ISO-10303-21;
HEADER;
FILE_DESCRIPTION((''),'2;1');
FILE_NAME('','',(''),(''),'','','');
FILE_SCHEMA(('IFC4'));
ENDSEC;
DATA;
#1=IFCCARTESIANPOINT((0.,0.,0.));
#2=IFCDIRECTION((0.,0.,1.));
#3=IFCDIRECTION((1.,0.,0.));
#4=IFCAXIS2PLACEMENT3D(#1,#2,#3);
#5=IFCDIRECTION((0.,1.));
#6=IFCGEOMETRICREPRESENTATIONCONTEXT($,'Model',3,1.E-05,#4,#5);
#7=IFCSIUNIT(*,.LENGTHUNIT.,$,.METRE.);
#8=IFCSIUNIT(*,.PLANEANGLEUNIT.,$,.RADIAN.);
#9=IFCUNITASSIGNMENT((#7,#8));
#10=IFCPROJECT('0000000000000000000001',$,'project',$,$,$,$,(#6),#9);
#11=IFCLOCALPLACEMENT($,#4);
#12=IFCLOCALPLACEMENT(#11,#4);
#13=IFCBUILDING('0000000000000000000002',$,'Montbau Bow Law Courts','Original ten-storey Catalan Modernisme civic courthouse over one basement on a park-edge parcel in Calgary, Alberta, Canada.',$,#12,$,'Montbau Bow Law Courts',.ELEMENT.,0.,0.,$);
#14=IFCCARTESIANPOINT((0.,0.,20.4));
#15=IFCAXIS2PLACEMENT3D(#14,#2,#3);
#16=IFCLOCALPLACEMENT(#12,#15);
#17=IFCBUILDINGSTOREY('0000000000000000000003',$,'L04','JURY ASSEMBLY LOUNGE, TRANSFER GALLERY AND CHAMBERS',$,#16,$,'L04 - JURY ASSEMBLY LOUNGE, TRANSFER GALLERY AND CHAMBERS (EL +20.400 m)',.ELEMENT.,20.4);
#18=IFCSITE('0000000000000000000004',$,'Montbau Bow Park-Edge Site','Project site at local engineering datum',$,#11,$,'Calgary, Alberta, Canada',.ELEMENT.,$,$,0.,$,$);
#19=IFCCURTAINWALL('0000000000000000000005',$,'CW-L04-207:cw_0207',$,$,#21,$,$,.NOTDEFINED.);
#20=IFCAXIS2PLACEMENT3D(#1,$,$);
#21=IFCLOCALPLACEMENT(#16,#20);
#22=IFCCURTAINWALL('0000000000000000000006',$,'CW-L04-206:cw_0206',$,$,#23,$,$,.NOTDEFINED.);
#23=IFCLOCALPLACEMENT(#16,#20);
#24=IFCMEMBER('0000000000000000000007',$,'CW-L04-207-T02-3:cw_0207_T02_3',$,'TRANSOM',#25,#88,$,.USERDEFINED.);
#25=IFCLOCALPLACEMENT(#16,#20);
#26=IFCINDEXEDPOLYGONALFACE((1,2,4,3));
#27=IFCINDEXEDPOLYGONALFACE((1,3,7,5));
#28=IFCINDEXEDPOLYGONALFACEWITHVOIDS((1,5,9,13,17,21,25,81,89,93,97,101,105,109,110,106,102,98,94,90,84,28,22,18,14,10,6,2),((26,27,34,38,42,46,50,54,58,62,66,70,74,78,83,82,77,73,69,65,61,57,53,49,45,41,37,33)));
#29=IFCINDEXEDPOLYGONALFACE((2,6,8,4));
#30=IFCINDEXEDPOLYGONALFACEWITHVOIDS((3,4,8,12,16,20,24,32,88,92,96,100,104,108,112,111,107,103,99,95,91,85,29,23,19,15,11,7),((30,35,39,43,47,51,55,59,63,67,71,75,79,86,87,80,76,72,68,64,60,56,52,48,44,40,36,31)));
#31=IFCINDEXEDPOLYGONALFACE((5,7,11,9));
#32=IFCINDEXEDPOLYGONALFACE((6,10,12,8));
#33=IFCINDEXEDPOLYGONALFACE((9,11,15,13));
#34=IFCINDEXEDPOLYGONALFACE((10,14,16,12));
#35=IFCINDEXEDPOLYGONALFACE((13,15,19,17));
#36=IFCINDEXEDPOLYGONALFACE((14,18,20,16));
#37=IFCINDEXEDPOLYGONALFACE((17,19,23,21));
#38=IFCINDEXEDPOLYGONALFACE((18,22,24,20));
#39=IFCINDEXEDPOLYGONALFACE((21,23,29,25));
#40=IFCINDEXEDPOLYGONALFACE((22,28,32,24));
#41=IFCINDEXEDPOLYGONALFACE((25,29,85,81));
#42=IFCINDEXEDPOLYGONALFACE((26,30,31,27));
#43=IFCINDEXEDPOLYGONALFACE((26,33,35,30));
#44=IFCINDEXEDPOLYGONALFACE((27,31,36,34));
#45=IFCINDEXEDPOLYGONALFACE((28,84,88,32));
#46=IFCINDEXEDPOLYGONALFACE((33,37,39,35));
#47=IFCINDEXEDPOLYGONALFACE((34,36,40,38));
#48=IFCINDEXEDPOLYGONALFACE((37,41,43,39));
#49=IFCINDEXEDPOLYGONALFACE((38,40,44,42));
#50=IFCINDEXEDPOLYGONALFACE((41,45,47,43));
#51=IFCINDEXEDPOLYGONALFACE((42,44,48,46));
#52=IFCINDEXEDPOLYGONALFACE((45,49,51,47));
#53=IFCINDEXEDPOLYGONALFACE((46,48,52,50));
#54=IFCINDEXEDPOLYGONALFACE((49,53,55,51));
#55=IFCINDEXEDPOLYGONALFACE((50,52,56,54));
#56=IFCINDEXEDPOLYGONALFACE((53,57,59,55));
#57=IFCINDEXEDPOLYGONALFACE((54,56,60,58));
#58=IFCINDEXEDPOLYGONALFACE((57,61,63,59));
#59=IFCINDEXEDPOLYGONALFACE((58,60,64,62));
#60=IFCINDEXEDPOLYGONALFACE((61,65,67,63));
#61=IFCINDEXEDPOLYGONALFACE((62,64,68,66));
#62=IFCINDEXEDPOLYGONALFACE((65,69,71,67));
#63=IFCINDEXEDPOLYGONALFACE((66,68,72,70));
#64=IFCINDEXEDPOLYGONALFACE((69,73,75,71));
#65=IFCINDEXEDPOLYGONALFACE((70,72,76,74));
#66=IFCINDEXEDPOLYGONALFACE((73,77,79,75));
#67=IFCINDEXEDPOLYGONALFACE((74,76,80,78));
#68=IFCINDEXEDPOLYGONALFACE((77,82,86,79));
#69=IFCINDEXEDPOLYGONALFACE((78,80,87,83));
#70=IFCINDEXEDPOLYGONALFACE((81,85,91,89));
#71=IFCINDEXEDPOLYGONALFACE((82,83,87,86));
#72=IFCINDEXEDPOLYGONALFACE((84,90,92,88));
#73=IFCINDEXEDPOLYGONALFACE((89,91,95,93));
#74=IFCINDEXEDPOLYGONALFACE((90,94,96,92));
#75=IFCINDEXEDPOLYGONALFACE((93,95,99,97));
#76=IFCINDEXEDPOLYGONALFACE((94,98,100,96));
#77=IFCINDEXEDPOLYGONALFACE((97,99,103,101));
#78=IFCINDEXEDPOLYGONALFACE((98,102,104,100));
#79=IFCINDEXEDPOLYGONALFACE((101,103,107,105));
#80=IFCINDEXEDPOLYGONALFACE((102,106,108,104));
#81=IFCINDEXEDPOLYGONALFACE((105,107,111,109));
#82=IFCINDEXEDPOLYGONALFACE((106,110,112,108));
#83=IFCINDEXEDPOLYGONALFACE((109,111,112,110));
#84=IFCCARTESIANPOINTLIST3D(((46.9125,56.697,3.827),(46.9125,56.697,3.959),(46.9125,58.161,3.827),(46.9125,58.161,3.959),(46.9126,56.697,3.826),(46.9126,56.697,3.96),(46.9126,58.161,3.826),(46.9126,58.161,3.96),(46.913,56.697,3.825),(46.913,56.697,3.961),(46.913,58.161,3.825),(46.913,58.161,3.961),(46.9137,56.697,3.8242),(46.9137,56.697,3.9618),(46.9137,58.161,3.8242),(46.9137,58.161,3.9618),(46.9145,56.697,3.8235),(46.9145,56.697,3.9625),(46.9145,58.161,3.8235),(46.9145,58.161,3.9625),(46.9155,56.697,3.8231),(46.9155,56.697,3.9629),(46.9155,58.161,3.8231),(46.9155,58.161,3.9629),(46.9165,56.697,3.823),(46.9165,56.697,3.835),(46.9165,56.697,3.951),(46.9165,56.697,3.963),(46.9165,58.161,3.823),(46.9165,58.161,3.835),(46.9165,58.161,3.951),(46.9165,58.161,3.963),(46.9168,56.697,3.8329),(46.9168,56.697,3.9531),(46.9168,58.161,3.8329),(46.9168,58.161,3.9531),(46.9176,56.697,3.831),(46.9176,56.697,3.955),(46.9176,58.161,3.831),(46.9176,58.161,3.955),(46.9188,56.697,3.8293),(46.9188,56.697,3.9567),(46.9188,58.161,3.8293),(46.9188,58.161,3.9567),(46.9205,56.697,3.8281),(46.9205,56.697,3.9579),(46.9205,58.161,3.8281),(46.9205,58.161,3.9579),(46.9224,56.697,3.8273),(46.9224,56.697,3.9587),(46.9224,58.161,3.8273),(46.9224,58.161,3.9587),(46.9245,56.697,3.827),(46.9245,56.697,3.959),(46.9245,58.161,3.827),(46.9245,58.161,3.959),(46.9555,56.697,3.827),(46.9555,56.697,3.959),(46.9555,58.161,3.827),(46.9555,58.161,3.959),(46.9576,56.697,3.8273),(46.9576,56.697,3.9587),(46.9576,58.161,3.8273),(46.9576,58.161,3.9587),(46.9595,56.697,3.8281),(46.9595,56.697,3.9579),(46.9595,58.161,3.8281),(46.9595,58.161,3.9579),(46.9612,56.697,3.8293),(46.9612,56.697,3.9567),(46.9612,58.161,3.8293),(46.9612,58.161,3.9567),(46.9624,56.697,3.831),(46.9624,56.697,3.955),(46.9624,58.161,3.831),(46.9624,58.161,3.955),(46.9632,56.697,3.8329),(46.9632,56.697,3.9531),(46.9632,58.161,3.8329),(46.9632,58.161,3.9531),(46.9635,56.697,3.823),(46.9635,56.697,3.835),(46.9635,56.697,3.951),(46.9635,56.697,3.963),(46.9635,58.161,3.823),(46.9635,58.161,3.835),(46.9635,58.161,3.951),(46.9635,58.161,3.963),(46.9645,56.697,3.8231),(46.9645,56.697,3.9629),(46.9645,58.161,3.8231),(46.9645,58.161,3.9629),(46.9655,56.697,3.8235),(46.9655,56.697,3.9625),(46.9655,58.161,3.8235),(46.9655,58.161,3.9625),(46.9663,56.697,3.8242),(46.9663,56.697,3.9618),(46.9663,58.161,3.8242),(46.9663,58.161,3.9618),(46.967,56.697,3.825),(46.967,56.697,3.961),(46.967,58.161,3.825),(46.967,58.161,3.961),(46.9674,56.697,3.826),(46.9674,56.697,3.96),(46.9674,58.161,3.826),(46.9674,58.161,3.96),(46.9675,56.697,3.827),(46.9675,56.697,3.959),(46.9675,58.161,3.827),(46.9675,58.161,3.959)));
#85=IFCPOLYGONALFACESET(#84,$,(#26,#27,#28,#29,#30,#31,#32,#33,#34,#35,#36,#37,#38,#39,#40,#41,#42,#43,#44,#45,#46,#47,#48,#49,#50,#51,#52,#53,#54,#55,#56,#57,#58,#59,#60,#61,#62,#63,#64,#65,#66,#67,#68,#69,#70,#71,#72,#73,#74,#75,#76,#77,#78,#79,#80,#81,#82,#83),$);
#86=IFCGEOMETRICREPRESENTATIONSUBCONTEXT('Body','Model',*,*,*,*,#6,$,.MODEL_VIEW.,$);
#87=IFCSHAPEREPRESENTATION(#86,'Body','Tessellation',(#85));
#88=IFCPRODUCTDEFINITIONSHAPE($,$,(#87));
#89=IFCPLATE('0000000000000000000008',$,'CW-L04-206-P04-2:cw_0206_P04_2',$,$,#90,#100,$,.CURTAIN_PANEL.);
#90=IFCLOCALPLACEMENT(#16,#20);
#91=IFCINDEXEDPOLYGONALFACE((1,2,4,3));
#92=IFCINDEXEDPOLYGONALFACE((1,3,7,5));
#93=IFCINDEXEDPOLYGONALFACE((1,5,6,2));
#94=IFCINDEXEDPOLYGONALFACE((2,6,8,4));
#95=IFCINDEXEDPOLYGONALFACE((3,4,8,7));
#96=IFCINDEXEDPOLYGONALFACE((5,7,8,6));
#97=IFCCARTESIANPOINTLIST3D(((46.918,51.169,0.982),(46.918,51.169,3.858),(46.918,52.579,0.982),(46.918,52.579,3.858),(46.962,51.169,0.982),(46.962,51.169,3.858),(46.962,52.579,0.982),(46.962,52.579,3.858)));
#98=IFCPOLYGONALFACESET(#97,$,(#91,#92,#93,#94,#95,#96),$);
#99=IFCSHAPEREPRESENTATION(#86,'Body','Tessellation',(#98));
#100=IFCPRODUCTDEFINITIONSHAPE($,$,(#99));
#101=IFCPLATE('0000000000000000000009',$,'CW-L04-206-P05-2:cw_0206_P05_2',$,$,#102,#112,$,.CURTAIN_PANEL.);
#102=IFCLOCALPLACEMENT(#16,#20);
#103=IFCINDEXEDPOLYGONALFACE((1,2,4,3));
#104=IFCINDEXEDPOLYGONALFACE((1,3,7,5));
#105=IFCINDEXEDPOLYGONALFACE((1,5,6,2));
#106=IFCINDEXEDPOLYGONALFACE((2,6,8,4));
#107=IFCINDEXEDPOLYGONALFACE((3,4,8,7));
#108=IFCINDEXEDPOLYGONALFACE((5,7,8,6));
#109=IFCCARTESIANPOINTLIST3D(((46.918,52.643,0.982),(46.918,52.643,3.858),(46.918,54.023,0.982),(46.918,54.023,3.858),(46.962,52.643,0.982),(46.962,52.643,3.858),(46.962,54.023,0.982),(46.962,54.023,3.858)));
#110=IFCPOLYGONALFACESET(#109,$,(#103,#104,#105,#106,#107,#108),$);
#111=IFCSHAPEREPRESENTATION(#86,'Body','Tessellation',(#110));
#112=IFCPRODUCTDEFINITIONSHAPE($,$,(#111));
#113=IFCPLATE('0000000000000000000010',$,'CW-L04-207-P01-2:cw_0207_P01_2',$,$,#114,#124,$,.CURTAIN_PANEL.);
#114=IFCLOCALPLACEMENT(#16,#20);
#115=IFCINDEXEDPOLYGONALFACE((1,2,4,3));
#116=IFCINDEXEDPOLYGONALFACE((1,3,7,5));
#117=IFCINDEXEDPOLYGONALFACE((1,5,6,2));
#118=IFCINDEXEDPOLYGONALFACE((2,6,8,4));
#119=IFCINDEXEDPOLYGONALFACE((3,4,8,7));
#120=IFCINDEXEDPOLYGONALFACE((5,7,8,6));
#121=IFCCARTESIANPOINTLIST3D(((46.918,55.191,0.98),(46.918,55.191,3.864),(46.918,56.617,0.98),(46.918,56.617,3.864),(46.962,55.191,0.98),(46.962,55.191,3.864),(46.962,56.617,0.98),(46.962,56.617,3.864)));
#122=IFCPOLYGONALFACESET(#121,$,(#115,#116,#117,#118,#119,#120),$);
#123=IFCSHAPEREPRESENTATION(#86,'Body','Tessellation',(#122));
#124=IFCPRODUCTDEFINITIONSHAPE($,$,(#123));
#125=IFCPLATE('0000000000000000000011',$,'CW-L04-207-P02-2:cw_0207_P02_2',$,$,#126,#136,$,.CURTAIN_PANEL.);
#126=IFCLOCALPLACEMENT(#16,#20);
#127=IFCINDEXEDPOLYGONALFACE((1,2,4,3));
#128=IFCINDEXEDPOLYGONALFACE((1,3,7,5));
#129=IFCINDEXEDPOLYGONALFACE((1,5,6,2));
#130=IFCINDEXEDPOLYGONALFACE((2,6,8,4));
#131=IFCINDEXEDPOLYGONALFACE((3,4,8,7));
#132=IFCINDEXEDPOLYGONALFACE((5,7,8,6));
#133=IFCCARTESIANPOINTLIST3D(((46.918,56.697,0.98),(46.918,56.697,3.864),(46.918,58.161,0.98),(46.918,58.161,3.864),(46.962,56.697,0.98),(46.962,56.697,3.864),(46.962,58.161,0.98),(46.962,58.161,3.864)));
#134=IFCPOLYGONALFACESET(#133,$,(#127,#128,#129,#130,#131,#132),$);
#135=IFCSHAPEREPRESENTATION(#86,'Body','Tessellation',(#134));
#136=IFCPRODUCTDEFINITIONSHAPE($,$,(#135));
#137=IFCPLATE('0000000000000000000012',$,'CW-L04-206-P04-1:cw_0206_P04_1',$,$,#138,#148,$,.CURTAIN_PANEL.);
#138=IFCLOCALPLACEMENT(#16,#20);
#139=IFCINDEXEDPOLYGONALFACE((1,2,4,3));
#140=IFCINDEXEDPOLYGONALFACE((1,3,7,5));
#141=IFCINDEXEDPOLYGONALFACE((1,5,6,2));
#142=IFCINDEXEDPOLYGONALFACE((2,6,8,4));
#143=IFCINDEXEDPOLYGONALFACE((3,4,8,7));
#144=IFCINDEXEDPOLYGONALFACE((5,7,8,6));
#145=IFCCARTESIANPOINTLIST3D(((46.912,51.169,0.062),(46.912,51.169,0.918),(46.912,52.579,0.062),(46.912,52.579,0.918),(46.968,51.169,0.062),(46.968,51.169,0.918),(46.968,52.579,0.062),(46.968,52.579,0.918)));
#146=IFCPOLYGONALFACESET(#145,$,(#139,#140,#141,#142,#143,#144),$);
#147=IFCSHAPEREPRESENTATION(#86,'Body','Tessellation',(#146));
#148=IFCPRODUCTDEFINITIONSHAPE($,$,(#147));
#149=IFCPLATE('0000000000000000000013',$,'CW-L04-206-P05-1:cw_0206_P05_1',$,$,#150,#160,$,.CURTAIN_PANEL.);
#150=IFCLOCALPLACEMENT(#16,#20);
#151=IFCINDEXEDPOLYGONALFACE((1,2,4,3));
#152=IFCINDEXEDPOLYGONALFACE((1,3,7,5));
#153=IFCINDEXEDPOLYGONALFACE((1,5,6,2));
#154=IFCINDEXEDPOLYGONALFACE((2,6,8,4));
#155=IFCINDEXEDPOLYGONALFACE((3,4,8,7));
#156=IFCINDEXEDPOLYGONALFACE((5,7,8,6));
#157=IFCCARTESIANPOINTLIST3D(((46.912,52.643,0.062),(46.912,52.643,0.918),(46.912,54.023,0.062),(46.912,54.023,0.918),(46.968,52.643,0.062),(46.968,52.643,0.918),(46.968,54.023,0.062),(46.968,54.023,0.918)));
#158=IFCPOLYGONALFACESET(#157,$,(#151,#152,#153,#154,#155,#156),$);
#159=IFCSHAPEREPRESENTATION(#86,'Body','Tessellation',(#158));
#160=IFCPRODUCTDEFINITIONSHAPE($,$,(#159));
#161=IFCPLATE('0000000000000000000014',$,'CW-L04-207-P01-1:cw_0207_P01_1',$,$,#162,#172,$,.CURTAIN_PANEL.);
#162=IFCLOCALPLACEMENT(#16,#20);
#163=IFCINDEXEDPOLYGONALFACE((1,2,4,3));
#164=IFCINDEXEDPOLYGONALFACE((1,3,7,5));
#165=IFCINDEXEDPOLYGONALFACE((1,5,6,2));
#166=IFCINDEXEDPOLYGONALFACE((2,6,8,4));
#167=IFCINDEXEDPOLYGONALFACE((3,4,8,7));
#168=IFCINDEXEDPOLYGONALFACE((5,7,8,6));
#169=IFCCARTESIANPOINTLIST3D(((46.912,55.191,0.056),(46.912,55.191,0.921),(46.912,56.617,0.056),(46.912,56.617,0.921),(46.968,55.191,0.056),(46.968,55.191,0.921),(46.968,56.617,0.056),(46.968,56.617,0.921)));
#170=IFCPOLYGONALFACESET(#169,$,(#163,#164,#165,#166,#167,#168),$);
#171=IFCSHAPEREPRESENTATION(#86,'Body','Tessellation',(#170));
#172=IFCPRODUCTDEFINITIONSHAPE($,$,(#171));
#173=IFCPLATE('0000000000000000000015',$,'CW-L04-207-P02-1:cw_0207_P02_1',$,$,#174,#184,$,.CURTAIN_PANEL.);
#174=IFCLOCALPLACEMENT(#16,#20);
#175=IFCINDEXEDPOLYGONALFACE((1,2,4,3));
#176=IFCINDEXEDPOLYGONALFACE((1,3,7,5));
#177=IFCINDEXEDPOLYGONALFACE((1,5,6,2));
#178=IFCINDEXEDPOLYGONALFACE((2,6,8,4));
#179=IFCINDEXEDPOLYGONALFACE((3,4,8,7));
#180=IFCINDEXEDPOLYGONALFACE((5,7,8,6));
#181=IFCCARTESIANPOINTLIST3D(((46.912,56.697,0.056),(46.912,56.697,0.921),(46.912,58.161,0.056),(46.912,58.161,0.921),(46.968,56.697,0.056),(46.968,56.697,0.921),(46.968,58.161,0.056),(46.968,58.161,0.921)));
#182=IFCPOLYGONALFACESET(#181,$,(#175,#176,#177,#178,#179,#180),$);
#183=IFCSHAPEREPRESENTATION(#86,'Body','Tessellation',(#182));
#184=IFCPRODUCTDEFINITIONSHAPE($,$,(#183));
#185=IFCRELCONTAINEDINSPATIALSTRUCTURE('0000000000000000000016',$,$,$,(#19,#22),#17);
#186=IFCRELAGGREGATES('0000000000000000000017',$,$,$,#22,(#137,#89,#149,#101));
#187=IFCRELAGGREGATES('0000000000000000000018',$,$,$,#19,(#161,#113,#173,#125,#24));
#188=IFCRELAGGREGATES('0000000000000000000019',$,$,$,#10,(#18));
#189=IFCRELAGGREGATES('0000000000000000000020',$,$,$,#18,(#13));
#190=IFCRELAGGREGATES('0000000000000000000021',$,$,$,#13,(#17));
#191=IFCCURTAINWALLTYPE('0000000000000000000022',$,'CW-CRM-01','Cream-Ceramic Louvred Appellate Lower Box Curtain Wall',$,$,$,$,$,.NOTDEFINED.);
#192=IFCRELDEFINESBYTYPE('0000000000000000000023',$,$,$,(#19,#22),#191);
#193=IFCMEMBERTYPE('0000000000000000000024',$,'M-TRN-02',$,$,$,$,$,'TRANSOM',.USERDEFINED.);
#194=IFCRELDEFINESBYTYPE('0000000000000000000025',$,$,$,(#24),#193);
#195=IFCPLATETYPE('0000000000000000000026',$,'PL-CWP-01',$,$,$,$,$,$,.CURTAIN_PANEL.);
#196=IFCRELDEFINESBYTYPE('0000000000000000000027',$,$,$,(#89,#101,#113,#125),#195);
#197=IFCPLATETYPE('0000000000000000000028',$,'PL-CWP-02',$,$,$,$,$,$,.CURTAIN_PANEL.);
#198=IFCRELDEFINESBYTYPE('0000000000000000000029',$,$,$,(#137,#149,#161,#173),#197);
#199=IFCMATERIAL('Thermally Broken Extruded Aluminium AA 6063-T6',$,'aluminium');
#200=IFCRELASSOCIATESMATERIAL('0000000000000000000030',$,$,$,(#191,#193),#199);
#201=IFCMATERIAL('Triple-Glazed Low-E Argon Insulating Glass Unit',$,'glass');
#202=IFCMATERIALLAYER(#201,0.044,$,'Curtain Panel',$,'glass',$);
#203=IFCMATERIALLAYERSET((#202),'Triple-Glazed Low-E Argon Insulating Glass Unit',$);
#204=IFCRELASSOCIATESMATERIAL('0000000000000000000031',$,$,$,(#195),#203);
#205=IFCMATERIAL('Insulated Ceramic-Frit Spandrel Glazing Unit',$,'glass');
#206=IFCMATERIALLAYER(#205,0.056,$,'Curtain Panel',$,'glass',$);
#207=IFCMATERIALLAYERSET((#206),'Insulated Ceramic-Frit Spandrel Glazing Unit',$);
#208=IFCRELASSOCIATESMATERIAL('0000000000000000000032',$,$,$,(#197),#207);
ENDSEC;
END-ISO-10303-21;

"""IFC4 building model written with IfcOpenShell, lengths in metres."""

from ifc_helpers import new_model, si_unit, direction, frame, frame_2d, origin_with_axes, origin_2d_with_axis, place, context, subcontext, project, spatial, rectangle, hollow_rectangle, extrude, material, layer, layer_set, material_profile, profile_set, type_object, element, aggregate, save


model = new_model("IFC4")

# Units and contexts
model_context = context("Model", 3, precision=1e-05, world=origin_with_axes(), true_north=direction((0.0, 1.0)))
body_context = subcontext(model_context, "Body", "Model", "MODEL_VIEW")
ifc_project = project(units=[si_unit("LENGTHUNIT", "METRE"), si_unit("PLANEANGLEUNIT", "RADIAN")], contexts=[model_context])

# Site, building, storey
site_placement = place(None, origin_with_axes())
site = spatial("IfcSite", under=ifc_project, at=site_placement, Name="Montbau Bow Park-Edge Site", Description="Project site at local engineering datum", LongName="Calgary, Alberta, Canada", CompositionType="ELEMENT", RefElevation=0.0)
building_placement = place(site_placement, origin_with_axes())
building = spatial("IfcBuilding", under=site, at=building_placement, Name="Montbau Bow Law Courts", Description="Original ten-storey Catalan Modernisme civic courthouse over one basement on a park-edge parcel in Calgary, Alberta, Canada.", LongName="Montbau Bow Law Courts", CompositionType="ELEMENT", ElevationOfRefHeight=0.0, ElevationOfTerrain=0.0)
storey_placement = place(building_placement, frame((0.0, 0.0, 20.4), z_axis=(0.0, 0.0, 1.0), x_axis=(1.0, 0.0, 0.0)))
storey = spatial("IfcBuildingStorey", under=building, at=storey_placement, Name="L04", Description="JURY ASSEMBLY LOUNGE, TRANSFER GALLERY AND CHAMBERS", LongName="L04 - JURY ASSEMBLY LOUNGE, TRANSFER GALLERY AND CHAMBERS (EL +20.400 m)", CompositionType="ELEMENT", Elevation=20.4)

# Curtain walls
ifc_material_1 = material(Name="Thermally Broken Extruded Aluminium AA 6063-T6", Category="aluminium")
curtain_wall_type = type_object("IfcCurtainWallType", Name="CW-CRM-01", Description="Cream-Ceramic Louvred Appellate Lower Box Curtain Wall", PredefinedType="NOTDEFINED", material=ifc_material_1)
curtain_wall_1_placement = place(None, frame((46.94, 55.115, 20.4), z_axis=(0.0, 0.0, 1.0), x_axis=(1.0, 0.0, 0.0)))
curtain_wall_1 = element("IfcCurtainWall", 1, at=curtain_wall_1_placement, inside=storey, type_object=curtain_wall_type, Name="CW-L04-207:cw_0207", PredefinedType="NOTDEFINED")
curtain_wall_2_placement = place(None, frame((46.94, 46.715, 20.4), z_axis=(0.0, 0.0, 1.0), x_axis=(1.0, 0.0, 0.0)))
curtain_wall_2 = element("IfcCurtainWall", 2, at=curtain_wall_2_placement, inside=storey, type_object=curtain_wall_type, Name="CW-L04-206:cw_0206", PredefinedType="NOTDEFINED")

# Member
ifc_material_profile_1 = material_profile(ifc_material_1, hollow_rectangle(XDim=0.055, YDim=0.14, WallThickness=0.004, InnerFilletRadius=0.008, OuterFilletRadius=0.004, at=origin_2d_with_axis()), Name="CWT-140X55", Category="Main", Priority=0)
ifc_profile_set_1 = profile_set([ifc_material_profile_1], Name="Thermally Broken Extruded Aluminium AA 6063-T6")
member_type_1 = type_object("IfcMemberType", Name="M-TRN-02", ElementType="TRANSOM", PredefinedType="USERDEFINED", material=ifc_profile_set_1)
member_1_placement = place(None, frame((46.94, 56.697, 24.293), z_axis=(0.0, 1.0, 0.0), x_axis=(-1.0, 0.0, 0.0)))
member_1 = element("IfcMember", 3, at=member_1_placement, type_object=member_type_1, Name="CW-L04-207-T02-3:cw_0207_T02_3", ObjectType="TRANSOM", PredefinedType="USERDEFINED", context=body_context, shape_type="SweptSolid", body=[
    extrude(hollow_rectangle(XDim=0.055, YDim=0.14, WallThickness=0.004, InnerFilletRadius=0.008, OuterFilletRadius=0.004, at=origin_2d_with_axis()), origin_with_axes(), (0.0, 0.0, 1.0), 1.464),
])

# Plates
ifc_material_2 = material(Name="Triple-Glazed Low-E Argon Insulating Glass Unit", Category="glass")
ifc_layer_1 = layer(ifc_material_2, 0.044, Name="Curtain Panel", Category="glass")
ifc_layer_set_1 = layer_set([ifc_layer_1], Name="Triple-Glazed Low-E Argon Insulating Glass Unit")
plate_type_1 = type_object("IfcPlateType", Name="PL-CWP-01", PredefinedType="CURTAIN_PANEL", material=ifc_layer_set_1)
plate_1_placement = place(None, frame((46.94, 51.169, 21.382), z_axis=(1.0, 0.0, 0.0), x_axis=(0.0, 1.0, 0.0)))
plate_1 = element("IfcPlate", 4, at=plate_1_placement, type_object=plate_type_1, Name="CW-L04-206-P04-2:cw_0206_P04_2", PredefinedType="CURTAIN_PANEL", context=body_context, shape_type="SweptSolid", body=[
    extrude(rectangle(XDim=1.41, YDim=2.876, at=frame_2d((0.705, 1.438), x_axis=(1.0, 0.0))), frame((0.0, 0.0, -0.022), z_axis=(0.0, 0.0, 1.0), x_axis=(1.0, 0.0, 0.0)), (0.0, 0.0, 1.0), 0.044),
])
plate_2_placement = place(None, frame((46.94, 52.643, 21.382), z_axis=(1.0, 0.0, 0.0), x_axis=(0.0, 1.0, 0.0)))
plate_2 = element("IfcPlate", 5, at=plate_2_placement, type_object=plate_type_1, Name="CW-L04-206-P05-2:cw_0206_P05_2", PredefinedType="CURTAIN_PANEL", context=body_context, shape_type="SweptSolid", body=[
    extrude(rectangle(XDim=1.38, YDim=2.876, at=frame_2d((0.69, 1.438), x_axis=(1.0, 0.0))), frame((0.0, 0.0, -0.022), z_axis=(0.0, 0.0, 1.0), x_axis=(1.0, 0.0, 0.0)), (0.0, 0.0, 1.0), 0.044),
])
plate_3_placement = place(None, frame((46.94, 55.191, 21.38), z_axis=(1.0, 0.0, 0.0), x_axis=(0.0, 1.0, 0.0)))
plate_3 = element("IfcPlate", 6, at=plate_3_placement, type_object=plate_type_1, Name="CW-L04-207-P01-2:cw_0207_P01_2", PredefinedType="CURTAIN_PANEL", context=body_context, shape_type="SweptSolid", body=[
    extrude(rectangle(XDim=1.426, YDim=2.884, at=frame_2d((0.713, 1.442), x_axis=(1.0, 0.0))), frame((0.0, 0.0, -0.022), z_axis=(0.0, 0.0, 1.0), x_axis=(1.0, 0.0, 0.0)), (0.0, 0.0, 1.0), 0.044),
])
plate_4_placement = place(None, frame((46.94, 56.697, 21.38), z_axis=(1.0, 0.0, 0.0), x_axis=(0.0, 1.0, 0.0)))
plate_4 = element("IfcPlate", 7, at=plate_4_placement, type_object=plate_type_1, Name="CW-L04-207-P02-2:cw_0207_P02_2", PredefinedType="CURTAIN_PANEL", context=body_context, shape_type="SweptSolid", body=[
    extrude(rectangle(XDim=1.464, YDim=2.884, at=frame_2d((0.732, 1.442), x_axis=(1.0, 0.0))), frame((0.0, 0.0, -0.022), z_axis=(0.0, 0.0, 1.0), x_axis=(1.0, 0.0, 0.0)), (0.0, 0.0, 1.0), 0.044),
])
ifc_material_3 = material(Name="Insulated Ceramic-Frit Spandrel Glazing Unit", Category="glass")
ifc_layer_2 = layer(ifc_material_3, 0.056, Name="Curtain Panel", Category="glass")
ifc_layer_set_2 = layer_set([ifc_layer_2], Name="Insulated Ceramic-Frit Spandrel Glazing Unit")
plate_type_2 = type_object("IfcPlateType", Name="PL-CWP-02", PredefinedType="CURTAIN_PANEL", material=ifc_layer_set_2)
plate_5_placement = place(None, frame((46.94, 51.169, 20.462), z_axis=(1.0, 0.0, 0.0), x_axis=(0.0, 1.0, 0.0)))
plate_5 = element("IfcPlate", 8, at=plate_5_placement, type_object=plate_type_2, Name="CW-L04-206-P04-1:cw_0206_P04_1", PredefinedType="CURTAIN_PANEL", context=body_context, shape_type="SweptSolid", body=[
    extrude(rectangle(XDim=1.41, YDim=0.856, at=frame_2d((0.705, 0.428), x_axis=(1.0, 0.0))), frame((0.0, 0.0, -0.028), z_axis=(0.0, 0.0, 1.0), x_axis=(1.0, 0.0, 0.0)), (0.0, 0.0, 1.0), 0.056),
])
plate_6_placement = place(None, frame((46.94, 52.643, 20.462), z_axis=(1.0, 0.0, 0.0), x_axis=(0.0, 1.0, 0.0)))
plate_6 = element("IfcPlate", 9, at=plate_6_placement, type_object=plate_type_2, Name="CW-L04-206-P05-1:cw_0206_P05_1", PredefinedType="CURTAIN_PANEL", context=body_context, shape_type="SweptSolid", body=[
    extrude(rectangle(XDim=1.38, YDim=0.856, at=frame_2d((0.69, 0.428), x_axis=(1.0, 0.0))), frame((0.0, 0.0, -0.028), z_axis=(0.0, 0.0, 1.0), x_axis=(1.0, 0.0, 0.0)), (0.0, 0.0, 1.0), 0.056),
])
aggregate(curtain_wall_2, [plate_5, plate_1, plate_6, plate_2])
plate_7_placement = place(None, frame((46.94, 55.191, 20.456), z_axis=(1.0, 0.0, 0.0), x_axis=(0.0, 1.0, 0.0)))
plate_7 = element("IfcPlate", 10, at=plate_7_placement, type_object=plate_type_2, Name="CW-L04-207-P01-1:cw_0207_P01_1", PredefinedType="CURTAIN_PANEL", context=body_context, shape_type="SweptSolid", body=[
    extrude(rectangle(XDim=1.426, YDim=0.865, at=frame_2d((0.713, 0.4325), x_axis=(1.0, 0.0))), frame((0.0, 0.0, -0.028), z_axis=(0.0, 0.0, 1.0), x_axis=(1.0, 0.0, 0.0)), (0.0, 0.0, 1.0), 0.056),
])
plate_8_placement = place(None, frame((46.94, 56.697, 20.456), z_axis=(1.0, 0.0, 0.0), x_axis=(0.0, 1.0, 0.0)))
plate_8 = element("IfcPlate", 11, at=plate_8_placement, type_object=plate_type_2, Name="CW-L04-207-P02-1:cw_0207_P02_1", PredefinedType="CURTAIN_PANEL", context=body_context, shape_type="SweptSolid", body=[
    extrude(rectangle(XDim=1.464, YDim=0.865, at=frame_2d((0.732, 0.4325), x_axis=(1.0, 0.0))), frame((0.0, 0.0, -0.028), z_axis=(0.0, 0.0, 1.0), x_axis=(1.0, 0.0, 0.0)), (0.0, 0.0, 1.0), 0.056),
])
aggregate(curtain_wall_1, [plate_7, plate_3, plate_8, plate_4, member_1])

save(model, "model.ifc")
